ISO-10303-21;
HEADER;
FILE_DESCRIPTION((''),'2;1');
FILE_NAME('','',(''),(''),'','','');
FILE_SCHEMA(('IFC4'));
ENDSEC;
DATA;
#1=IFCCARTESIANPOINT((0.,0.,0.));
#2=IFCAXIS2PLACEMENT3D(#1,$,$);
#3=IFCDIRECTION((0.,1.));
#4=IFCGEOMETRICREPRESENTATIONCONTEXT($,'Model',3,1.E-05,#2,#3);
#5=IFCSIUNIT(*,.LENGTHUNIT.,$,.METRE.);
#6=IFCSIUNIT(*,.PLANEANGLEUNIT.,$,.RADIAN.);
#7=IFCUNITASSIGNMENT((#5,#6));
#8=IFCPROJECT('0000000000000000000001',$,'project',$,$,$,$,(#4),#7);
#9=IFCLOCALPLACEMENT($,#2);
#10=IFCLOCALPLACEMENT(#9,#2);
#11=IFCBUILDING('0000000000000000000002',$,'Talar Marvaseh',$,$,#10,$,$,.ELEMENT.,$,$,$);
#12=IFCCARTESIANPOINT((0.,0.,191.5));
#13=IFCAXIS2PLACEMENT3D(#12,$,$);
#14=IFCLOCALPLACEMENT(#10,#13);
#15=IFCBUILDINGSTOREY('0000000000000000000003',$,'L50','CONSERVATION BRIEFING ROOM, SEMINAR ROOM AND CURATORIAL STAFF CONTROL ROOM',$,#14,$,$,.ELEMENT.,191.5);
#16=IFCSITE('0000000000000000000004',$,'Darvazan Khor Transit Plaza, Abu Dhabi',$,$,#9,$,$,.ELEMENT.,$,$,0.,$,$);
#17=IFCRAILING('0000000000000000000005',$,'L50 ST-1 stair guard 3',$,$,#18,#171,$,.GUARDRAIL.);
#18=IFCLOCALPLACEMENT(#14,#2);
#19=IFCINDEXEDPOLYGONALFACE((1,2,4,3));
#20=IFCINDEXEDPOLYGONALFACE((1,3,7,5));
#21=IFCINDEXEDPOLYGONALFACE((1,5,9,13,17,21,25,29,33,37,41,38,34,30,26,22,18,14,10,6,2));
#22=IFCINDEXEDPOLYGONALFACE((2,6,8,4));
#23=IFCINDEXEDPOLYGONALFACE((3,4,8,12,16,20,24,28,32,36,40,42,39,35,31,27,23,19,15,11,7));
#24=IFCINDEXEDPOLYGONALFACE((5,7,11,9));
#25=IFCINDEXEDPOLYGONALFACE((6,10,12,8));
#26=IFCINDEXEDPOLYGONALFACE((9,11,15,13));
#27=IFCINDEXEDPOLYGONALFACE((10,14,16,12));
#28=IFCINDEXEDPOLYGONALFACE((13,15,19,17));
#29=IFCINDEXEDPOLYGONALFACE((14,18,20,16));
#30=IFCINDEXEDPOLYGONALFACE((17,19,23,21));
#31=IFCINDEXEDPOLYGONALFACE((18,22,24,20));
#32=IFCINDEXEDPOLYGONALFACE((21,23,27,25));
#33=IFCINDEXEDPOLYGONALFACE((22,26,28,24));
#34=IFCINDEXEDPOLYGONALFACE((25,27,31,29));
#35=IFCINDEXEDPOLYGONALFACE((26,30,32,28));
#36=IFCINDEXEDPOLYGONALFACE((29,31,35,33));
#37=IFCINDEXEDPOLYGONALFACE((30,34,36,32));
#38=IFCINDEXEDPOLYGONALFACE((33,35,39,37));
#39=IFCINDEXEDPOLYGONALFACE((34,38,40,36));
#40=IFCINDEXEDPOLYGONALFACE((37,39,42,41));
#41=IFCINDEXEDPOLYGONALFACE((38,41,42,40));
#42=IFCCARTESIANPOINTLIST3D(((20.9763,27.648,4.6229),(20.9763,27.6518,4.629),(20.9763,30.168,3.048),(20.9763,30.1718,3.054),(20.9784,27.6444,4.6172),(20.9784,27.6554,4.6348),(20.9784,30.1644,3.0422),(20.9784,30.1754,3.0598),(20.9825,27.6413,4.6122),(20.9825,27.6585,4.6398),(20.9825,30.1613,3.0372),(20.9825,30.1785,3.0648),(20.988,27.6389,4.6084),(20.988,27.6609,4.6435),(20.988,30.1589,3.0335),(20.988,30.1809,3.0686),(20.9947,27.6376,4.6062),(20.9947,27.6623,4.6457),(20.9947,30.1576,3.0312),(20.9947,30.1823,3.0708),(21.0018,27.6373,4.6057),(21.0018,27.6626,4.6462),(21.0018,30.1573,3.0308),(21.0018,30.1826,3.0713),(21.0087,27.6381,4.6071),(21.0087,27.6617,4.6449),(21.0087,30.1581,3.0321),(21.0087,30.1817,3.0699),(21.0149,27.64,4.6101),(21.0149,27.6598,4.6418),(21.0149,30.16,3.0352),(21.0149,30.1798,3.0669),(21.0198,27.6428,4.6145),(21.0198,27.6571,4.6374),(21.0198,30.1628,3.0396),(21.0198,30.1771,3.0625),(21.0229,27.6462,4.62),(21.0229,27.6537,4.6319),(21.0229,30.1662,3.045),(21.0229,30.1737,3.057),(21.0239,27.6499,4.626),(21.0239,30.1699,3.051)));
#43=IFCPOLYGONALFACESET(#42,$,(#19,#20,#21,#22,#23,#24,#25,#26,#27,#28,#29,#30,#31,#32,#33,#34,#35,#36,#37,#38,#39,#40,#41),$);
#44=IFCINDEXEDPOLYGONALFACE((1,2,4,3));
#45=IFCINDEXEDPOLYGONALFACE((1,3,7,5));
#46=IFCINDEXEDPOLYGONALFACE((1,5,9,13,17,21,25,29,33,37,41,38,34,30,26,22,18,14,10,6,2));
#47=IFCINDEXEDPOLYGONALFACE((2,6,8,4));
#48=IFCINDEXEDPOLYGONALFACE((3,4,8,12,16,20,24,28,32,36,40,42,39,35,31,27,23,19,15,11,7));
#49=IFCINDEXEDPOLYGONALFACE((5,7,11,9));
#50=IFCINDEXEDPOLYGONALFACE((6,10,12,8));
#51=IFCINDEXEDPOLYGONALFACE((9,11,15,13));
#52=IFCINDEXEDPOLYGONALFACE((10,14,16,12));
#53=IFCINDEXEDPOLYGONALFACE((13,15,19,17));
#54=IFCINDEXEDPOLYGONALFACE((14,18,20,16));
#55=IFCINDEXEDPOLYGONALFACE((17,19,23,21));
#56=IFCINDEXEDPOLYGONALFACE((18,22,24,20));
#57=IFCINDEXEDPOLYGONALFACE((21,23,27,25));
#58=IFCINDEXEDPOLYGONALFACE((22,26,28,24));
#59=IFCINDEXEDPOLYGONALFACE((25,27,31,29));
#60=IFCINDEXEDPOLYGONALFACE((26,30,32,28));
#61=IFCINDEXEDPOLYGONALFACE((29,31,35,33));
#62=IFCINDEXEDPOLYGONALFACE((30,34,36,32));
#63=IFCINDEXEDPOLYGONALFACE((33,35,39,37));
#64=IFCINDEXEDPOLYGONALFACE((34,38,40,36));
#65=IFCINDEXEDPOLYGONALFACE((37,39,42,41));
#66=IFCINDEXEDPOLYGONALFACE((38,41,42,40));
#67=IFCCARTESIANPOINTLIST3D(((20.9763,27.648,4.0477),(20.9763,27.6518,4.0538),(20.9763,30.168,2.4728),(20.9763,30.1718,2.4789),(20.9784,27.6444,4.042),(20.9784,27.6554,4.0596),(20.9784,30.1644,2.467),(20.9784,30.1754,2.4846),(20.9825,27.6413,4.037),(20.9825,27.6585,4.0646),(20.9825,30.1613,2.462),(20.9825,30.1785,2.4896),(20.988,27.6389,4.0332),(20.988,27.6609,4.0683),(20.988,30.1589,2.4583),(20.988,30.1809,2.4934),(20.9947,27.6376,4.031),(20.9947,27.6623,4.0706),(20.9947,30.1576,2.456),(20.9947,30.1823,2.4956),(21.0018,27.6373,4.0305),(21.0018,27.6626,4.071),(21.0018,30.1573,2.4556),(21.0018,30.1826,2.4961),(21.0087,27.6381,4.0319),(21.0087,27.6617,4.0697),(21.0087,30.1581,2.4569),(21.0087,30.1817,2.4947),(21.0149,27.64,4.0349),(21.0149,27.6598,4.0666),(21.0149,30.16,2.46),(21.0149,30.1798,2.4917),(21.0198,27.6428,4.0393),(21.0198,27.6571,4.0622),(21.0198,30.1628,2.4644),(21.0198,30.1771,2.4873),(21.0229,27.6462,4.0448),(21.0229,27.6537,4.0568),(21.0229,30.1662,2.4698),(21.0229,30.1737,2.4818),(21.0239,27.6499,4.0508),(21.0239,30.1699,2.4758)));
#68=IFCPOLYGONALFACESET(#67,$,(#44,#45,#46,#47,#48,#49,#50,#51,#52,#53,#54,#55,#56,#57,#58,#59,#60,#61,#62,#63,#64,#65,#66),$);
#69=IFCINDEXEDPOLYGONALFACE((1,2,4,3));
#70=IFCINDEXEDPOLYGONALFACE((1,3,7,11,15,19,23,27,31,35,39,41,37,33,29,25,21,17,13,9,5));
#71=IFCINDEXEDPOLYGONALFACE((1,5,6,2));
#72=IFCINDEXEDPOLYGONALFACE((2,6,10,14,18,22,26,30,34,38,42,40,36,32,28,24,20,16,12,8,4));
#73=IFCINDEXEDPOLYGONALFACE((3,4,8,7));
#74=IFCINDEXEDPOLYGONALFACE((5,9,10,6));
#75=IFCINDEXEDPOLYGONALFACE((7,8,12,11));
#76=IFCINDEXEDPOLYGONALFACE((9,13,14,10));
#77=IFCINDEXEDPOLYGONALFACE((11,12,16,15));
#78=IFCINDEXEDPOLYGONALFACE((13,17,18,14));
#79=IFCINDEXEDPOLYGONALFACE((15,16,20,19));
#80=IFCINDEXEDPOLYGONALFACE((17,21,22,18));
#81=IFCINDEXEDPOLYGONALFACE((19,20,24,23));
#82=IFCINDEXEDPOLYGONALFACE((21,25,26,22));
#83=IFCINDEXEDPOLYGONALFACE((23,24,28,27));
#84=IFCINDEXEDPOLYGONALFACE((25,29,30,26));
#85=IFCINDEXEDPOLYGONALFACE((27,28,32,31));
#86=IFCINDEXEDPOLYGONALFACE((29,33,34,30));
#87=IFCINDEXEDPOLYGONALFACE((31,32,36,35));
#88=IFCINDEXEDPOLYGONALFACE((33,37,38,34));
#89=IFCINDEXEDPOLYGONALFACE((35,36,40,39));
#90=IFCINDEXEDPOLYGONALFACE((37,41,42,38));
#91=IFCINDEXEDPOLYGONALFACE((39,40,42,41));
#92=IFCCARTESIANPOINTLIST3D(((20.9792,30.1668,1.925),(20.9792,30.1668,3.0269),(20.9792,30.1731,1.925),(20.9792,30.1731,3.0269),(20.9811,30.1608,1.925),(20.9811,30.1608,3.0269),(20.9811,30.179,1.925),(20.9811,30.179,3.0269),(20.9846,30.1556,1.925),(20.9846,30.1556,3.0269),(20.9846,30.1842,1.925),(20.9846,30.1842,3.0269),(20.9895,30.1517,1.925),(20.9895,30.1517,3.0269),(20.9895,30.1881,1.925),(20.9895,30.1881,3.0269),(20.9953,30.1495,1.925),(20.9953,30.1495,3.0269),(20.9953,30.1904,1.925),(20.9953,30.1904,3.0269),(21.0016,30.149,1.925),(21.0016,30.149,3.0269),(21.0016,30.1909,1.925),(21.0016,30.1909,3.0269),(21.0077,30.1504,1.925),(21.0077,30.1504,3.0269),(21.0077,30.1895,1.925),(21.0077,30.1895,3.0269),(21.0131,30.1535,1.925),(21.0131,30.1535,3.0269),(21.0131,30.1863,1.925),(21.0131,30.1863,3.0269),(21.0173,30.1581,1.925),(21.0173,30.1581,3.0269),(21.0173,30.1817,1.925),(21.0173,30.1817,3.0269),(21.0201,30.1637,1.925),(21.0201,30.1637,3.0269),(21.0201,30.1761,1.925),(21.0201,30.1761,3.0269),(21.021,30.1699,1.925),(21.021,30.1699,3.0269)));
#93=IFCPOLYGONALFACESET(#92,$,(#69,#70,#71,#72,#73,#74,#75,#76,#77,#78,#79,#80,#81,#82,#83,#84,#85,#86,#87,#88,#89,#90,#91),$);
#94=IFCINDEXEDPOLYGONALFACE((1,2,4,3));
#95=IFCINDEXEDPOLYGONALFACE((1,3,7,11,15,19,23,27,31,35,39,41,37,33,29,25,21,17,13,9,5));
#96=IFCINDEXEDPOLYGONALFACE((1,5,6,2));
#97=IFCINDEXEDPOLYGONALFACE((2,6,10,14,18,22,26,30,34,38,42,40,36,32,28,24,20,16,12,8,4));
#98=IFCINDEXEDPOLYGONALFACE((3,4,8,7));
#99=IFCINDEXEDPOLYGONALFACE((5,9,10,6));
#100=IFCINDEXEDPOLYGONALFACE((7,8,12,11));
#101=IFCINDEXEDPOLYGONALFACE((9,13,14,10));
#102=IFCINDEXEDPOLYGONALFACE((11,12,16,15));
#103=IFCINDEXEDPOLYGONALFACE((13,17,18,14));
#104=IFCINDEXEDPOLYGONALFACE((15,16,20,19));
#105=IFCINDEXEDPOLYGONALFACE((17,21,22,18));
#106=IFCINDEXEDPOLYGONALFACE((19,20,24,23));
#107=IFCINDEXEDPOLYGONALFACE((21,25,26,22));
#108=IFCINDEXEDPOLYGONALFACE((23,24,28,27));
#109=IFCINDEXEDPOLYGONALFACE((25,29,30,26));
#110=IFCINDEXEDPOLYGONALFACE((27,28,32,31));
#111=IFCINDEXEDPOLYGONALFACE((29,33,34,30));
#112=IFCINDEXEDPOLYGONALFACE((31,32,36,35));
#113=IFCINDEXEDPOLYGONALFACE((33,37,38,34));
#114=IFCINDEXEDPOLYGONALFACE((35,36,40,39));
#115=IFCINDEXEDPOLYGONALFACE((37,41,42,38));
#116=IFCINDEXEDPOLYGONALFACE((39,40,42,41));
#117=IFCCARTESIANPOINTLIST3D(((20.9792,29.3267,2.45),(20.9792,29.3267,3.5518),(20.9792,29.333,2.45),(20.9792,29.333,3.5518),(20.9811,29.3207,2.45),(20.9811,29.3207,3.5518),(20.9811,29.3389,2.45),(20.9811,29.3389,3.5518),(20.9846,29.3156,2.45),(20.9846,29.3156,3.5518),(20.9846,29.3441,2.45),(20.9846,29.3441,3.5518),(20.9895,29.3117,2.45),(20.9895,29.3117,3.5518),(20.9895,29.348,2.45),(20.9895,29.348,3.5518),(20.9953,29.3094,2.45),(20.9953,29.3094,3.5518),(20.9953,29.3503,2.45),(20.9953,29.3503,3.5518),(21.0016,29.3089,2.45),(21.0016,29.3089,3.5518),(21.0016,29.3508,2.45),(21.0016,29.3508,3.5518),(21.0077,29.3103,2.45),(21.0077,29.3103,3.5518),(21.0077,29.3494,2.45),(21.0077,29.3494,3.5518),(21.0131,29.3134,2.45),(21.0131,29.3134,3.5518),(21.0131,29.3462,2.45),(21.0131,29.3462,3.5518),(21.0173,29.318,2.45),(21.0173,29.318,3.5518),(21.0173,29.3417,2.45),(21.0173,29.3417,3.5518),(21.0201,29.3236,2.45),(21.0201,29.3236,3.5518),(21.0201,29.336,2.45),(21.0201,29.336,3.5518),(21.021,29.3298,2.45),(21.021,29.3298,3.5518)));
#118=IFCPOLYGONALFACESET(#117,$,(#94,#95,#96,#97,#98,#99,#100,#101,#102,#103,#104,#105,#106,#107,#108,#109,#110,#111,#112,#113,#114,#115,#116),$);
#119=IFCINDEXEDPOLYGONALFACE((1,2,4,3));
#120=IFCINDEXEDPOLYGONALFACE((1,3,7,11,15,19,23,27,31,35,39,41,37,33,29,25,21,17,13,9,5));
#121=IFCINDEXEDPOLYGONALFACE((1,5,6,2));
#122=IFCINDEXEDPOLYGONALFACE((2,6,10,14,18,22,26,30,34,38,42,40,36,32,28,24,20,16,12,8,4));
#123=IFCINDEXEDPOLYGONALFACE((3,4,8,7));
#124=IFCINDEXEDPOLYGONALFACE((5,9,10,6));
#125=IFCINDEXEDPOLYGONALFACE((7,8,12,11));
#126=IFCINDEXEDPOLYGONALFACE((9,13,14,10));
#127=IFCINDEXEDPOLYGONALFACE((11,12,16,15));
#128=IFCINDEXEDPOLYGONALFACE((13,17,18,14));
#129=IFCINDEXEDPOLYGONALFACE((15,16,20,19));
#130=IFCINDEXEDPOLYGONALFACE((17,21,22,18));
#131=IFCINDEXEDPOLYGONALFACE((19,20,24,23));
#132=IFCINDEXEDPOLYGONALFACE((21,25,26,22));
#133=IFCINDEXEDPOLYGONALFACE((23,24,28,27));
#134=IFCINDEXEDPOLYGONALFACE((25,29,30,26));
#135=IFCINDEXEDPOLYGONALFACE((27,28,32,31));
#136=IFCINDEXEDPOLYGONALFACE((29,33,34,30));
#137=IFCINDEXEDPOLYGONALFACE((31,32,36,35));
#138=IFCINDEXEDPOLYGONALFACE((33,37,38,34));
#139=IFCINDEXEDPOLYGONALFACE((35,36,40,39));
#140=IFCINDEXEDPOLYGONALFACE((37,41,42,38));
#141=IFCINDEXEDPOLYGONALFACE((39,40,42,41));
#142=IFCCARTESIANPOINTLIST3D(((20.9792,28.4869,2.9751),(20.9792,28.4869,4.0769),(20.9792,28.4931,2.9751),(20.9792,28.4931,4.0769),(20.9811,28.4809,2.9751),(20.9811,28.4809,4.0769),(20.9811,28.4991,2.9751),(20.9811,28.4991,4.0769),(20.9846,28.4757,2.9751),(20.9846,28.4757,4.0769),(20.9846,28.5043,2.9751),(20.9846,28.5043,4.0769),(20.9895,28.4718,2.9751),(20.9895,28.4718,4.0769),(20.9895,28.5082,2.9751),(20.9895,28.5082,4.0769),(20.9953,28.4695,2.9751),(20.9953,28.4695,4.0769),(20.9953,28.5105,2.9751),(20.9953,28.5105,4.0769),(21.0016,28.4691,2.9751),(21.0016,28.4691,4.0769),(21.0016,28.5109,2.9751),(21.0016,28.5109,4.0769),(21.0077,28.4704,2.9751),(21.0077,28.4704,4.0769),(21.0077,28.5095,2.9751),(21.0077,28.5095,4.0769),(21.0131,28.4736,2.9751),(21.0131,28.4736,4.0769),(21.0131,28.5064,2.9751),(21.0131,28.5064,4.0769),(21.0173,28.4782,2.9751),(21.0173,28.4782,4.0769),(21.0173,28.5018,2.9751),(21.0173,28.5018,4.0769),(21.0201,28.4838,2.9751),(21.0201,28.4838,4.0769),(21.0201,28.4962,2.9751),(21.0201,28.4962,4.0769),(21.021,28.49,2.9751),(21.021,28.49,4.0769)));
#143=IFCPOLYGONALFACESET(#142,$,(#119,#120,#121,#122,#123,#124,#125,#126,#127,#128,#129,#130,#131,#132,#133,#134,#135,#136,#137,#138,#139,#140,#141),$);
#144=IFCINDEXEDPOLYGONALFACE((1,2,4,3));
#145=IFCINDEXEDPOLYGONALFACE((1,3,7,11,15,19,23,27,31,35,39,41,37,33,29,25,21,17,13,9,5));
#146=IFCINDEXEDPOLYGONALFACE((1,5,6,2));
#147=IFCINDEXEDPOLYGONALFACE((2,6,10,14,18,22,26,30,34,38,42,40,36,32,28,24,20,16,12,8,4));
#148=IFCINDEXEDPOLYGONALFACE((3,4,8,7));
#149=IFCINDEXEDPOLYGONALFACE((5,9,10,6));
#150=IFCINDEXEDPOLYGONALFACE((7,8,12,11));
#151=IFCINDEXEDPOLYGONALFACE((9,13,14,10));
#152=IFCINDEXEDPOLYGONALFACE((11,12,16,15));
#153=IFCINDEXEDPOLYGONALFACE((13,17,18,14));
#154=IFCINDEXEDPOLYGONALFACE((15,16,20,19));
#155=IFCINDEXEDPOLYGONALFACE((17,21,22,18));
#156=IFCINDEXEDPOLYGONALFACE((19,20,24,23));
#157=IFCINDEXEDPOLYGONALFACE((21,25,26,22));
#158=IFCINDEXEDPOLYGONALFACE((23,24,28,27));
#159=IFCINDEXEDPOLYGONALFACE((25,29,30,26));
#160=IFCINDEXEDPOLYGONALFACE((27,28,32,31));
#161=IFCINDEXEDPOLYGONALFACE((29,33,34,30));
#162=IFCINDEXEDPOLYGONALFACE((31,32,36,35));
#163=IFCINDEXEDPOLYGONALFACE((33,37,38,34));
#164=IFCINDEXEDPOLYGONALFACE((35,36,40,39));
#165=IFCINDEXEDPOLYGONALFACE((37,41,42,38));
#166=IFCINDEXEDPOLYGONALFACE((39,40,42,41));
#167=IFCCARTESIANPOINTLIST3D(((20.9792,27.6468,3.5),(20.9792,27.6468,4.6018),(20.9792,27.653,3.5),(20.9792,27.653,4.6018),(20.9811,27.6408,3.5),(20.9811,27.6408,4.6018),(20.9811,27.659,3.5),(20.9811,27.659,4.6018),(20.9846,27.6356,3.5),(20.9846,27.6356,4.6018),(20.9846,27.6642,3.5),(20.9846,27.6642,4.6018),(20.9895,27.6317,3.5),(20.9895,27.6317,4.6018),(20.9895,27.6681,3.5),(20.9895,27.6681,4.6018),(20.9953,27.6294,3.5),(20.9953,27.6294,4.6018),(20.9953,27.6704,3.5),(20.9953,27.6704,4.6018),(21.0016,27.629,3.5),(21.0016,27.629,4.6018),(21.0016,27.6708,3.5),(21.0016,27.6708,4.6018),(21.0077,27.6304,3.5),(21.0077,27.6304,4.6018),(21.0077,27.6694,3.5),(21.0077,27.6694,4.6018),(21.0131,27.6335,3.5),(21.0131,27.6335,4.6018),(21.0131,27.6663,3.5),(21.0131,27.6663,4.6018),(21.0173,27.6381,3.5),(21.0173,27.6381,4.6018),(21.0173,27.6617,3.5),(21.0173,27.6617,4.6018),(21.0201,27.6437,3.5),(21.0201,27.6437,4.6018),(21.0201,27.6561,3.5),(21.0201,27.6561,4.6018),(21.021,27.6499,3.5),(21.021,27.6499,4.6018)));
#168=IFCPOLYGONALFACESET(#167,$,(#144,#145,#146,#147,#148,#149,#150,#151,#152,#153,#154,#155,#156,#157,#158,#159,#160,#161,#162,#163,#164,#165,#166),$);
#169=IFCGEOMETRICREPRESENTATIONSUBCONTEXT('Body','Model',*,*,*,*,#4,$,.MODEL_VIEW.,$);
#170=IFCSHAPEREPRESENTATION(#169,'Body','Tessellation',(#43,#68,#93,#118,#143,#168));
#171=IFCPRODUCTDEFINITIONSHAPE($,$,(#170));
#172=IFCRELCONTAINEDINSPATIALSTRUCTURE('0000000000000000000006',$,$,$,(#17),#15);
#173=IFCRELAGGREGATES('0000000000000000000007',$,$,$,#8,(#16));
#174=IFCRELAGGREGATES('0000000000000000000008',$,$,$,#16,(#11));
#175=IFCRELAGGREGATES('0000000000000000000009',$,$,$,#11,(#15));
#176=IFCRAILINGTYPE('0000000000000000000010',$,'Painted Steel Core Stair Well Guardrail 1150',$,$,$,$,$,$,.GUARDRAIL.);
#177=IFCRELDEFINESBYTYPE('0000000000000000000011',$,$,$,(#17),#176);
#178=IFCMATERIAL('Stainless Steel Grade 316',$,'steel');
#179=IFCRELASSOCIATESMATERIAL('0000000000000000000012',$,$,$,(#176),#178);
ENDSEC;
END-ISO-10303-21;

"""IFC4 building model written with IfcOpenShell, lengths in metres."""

from ifc_helpers import new_model, si_unit, direction, frame, origin, origin_2d, place, context, subcontext, project, spatial, circle, extrude, material, type_object, element, save


model = new_model("IFC4")

# Units and contexts
model_context = context("Model", 3, precision=1e-05, world=origin(), true_north=direction((0.0, 1.0)))
body_context = subcontext(model_context, "Body", "Model", "MODEL_VIEW")
ifc_project = project(units=[si_unit("LENGTHUNIT", "METRE"), si_unit("PLANEANGLEUNIT", "RADIAN")], contexts=[model_context])

# Site, building, storey
site_placement = place(None, origin())
site = spatial("IfcSite", under=ifc_project, at=site_placement, Name="Darvazan Khor Transit Plaza, Abu Dhabi", CompositionType="ELEMENT", RefElevation=0.0)
building_placement = place(site_placement, origin())
building = spatial("IfcBuilding", under=site, at=building_placement, Name="Talar Marvaseh", CompositionType="ELEMENT")
storey_placement = place(building_placement, frame((0.0, 0.0, 191.5)))
storey = spatial("IfcBuildingStorey", under=building, at=storey_placement, Name="L50", Description="CONSERVATION BRIEFING ROOM, SEMINAR ROOM AND CURATORIAL STAFF CONTROL ROOM", CompositionType="ELEMENT", Elevation=191.5)

# Railing
ifc_material_1 = material(Name="Stainless Steel Grade 316", Category="steel")
railing_type_1 = type_object("IfcRailingType", Name="Painted Steel Core Stair Well Guardrail 1150", PredefinedType="GUARDRAIL", material=ifc_material_1)
railing_1_placement = place(storey_placement, frame((21.0, 30.1699, 1.925)))
element("IfcRailing", 1, at=railing_1_placement, inside=storey, type_object=railing_type_1, Name="L50 ST-1 stair guard 3", PredefinedType="GUARDRAIL", context=body_context, shape_type="SweptSolid", body=[
    extrude(circle(Radius=0.0239, at=origin_2d()), frame((0.0, 0.0, 1.126), z_axis=(0.0, -0.848008, 0.529984), x_axis=(1.0, 0.0, 0.0)), (0.0, 0.0, 1.0), 2.9717),
    extrude(circle(Radius=0.0239, at=origin_2d()), frame((0.0, 0.0, 0.5508), z_axis=(0.0, -0.848008, 0.529984), x_axis=(1.0, 0.0, 0.0)), (0.0, 0.0, 1.0), 2.9717),
    extrude(circle(Radius=0.021, at=origin_2d()), origin(), (0.0, 0.0, 1.0), 1.1018),
    extrude(circle(Radius=0.021, at=origin_2d()), frame((0.0, -0.8401, 0.5249)), (0.0, 0.0, 1.0), 1.1018),
    extrude(circle(Radius=0.021, at=origin_2d()), frame((0.0, -1.6799, 1.05)), (0.0, 0.0, 1.0), 1.1018),
    extrude(circle(Radius=0.021, at=origin_2d()), frame((0.0, -2.52, 1.575)), (0.0, 0.0, 1.0), 1.1018),
])

save(model, "model.ifc")
